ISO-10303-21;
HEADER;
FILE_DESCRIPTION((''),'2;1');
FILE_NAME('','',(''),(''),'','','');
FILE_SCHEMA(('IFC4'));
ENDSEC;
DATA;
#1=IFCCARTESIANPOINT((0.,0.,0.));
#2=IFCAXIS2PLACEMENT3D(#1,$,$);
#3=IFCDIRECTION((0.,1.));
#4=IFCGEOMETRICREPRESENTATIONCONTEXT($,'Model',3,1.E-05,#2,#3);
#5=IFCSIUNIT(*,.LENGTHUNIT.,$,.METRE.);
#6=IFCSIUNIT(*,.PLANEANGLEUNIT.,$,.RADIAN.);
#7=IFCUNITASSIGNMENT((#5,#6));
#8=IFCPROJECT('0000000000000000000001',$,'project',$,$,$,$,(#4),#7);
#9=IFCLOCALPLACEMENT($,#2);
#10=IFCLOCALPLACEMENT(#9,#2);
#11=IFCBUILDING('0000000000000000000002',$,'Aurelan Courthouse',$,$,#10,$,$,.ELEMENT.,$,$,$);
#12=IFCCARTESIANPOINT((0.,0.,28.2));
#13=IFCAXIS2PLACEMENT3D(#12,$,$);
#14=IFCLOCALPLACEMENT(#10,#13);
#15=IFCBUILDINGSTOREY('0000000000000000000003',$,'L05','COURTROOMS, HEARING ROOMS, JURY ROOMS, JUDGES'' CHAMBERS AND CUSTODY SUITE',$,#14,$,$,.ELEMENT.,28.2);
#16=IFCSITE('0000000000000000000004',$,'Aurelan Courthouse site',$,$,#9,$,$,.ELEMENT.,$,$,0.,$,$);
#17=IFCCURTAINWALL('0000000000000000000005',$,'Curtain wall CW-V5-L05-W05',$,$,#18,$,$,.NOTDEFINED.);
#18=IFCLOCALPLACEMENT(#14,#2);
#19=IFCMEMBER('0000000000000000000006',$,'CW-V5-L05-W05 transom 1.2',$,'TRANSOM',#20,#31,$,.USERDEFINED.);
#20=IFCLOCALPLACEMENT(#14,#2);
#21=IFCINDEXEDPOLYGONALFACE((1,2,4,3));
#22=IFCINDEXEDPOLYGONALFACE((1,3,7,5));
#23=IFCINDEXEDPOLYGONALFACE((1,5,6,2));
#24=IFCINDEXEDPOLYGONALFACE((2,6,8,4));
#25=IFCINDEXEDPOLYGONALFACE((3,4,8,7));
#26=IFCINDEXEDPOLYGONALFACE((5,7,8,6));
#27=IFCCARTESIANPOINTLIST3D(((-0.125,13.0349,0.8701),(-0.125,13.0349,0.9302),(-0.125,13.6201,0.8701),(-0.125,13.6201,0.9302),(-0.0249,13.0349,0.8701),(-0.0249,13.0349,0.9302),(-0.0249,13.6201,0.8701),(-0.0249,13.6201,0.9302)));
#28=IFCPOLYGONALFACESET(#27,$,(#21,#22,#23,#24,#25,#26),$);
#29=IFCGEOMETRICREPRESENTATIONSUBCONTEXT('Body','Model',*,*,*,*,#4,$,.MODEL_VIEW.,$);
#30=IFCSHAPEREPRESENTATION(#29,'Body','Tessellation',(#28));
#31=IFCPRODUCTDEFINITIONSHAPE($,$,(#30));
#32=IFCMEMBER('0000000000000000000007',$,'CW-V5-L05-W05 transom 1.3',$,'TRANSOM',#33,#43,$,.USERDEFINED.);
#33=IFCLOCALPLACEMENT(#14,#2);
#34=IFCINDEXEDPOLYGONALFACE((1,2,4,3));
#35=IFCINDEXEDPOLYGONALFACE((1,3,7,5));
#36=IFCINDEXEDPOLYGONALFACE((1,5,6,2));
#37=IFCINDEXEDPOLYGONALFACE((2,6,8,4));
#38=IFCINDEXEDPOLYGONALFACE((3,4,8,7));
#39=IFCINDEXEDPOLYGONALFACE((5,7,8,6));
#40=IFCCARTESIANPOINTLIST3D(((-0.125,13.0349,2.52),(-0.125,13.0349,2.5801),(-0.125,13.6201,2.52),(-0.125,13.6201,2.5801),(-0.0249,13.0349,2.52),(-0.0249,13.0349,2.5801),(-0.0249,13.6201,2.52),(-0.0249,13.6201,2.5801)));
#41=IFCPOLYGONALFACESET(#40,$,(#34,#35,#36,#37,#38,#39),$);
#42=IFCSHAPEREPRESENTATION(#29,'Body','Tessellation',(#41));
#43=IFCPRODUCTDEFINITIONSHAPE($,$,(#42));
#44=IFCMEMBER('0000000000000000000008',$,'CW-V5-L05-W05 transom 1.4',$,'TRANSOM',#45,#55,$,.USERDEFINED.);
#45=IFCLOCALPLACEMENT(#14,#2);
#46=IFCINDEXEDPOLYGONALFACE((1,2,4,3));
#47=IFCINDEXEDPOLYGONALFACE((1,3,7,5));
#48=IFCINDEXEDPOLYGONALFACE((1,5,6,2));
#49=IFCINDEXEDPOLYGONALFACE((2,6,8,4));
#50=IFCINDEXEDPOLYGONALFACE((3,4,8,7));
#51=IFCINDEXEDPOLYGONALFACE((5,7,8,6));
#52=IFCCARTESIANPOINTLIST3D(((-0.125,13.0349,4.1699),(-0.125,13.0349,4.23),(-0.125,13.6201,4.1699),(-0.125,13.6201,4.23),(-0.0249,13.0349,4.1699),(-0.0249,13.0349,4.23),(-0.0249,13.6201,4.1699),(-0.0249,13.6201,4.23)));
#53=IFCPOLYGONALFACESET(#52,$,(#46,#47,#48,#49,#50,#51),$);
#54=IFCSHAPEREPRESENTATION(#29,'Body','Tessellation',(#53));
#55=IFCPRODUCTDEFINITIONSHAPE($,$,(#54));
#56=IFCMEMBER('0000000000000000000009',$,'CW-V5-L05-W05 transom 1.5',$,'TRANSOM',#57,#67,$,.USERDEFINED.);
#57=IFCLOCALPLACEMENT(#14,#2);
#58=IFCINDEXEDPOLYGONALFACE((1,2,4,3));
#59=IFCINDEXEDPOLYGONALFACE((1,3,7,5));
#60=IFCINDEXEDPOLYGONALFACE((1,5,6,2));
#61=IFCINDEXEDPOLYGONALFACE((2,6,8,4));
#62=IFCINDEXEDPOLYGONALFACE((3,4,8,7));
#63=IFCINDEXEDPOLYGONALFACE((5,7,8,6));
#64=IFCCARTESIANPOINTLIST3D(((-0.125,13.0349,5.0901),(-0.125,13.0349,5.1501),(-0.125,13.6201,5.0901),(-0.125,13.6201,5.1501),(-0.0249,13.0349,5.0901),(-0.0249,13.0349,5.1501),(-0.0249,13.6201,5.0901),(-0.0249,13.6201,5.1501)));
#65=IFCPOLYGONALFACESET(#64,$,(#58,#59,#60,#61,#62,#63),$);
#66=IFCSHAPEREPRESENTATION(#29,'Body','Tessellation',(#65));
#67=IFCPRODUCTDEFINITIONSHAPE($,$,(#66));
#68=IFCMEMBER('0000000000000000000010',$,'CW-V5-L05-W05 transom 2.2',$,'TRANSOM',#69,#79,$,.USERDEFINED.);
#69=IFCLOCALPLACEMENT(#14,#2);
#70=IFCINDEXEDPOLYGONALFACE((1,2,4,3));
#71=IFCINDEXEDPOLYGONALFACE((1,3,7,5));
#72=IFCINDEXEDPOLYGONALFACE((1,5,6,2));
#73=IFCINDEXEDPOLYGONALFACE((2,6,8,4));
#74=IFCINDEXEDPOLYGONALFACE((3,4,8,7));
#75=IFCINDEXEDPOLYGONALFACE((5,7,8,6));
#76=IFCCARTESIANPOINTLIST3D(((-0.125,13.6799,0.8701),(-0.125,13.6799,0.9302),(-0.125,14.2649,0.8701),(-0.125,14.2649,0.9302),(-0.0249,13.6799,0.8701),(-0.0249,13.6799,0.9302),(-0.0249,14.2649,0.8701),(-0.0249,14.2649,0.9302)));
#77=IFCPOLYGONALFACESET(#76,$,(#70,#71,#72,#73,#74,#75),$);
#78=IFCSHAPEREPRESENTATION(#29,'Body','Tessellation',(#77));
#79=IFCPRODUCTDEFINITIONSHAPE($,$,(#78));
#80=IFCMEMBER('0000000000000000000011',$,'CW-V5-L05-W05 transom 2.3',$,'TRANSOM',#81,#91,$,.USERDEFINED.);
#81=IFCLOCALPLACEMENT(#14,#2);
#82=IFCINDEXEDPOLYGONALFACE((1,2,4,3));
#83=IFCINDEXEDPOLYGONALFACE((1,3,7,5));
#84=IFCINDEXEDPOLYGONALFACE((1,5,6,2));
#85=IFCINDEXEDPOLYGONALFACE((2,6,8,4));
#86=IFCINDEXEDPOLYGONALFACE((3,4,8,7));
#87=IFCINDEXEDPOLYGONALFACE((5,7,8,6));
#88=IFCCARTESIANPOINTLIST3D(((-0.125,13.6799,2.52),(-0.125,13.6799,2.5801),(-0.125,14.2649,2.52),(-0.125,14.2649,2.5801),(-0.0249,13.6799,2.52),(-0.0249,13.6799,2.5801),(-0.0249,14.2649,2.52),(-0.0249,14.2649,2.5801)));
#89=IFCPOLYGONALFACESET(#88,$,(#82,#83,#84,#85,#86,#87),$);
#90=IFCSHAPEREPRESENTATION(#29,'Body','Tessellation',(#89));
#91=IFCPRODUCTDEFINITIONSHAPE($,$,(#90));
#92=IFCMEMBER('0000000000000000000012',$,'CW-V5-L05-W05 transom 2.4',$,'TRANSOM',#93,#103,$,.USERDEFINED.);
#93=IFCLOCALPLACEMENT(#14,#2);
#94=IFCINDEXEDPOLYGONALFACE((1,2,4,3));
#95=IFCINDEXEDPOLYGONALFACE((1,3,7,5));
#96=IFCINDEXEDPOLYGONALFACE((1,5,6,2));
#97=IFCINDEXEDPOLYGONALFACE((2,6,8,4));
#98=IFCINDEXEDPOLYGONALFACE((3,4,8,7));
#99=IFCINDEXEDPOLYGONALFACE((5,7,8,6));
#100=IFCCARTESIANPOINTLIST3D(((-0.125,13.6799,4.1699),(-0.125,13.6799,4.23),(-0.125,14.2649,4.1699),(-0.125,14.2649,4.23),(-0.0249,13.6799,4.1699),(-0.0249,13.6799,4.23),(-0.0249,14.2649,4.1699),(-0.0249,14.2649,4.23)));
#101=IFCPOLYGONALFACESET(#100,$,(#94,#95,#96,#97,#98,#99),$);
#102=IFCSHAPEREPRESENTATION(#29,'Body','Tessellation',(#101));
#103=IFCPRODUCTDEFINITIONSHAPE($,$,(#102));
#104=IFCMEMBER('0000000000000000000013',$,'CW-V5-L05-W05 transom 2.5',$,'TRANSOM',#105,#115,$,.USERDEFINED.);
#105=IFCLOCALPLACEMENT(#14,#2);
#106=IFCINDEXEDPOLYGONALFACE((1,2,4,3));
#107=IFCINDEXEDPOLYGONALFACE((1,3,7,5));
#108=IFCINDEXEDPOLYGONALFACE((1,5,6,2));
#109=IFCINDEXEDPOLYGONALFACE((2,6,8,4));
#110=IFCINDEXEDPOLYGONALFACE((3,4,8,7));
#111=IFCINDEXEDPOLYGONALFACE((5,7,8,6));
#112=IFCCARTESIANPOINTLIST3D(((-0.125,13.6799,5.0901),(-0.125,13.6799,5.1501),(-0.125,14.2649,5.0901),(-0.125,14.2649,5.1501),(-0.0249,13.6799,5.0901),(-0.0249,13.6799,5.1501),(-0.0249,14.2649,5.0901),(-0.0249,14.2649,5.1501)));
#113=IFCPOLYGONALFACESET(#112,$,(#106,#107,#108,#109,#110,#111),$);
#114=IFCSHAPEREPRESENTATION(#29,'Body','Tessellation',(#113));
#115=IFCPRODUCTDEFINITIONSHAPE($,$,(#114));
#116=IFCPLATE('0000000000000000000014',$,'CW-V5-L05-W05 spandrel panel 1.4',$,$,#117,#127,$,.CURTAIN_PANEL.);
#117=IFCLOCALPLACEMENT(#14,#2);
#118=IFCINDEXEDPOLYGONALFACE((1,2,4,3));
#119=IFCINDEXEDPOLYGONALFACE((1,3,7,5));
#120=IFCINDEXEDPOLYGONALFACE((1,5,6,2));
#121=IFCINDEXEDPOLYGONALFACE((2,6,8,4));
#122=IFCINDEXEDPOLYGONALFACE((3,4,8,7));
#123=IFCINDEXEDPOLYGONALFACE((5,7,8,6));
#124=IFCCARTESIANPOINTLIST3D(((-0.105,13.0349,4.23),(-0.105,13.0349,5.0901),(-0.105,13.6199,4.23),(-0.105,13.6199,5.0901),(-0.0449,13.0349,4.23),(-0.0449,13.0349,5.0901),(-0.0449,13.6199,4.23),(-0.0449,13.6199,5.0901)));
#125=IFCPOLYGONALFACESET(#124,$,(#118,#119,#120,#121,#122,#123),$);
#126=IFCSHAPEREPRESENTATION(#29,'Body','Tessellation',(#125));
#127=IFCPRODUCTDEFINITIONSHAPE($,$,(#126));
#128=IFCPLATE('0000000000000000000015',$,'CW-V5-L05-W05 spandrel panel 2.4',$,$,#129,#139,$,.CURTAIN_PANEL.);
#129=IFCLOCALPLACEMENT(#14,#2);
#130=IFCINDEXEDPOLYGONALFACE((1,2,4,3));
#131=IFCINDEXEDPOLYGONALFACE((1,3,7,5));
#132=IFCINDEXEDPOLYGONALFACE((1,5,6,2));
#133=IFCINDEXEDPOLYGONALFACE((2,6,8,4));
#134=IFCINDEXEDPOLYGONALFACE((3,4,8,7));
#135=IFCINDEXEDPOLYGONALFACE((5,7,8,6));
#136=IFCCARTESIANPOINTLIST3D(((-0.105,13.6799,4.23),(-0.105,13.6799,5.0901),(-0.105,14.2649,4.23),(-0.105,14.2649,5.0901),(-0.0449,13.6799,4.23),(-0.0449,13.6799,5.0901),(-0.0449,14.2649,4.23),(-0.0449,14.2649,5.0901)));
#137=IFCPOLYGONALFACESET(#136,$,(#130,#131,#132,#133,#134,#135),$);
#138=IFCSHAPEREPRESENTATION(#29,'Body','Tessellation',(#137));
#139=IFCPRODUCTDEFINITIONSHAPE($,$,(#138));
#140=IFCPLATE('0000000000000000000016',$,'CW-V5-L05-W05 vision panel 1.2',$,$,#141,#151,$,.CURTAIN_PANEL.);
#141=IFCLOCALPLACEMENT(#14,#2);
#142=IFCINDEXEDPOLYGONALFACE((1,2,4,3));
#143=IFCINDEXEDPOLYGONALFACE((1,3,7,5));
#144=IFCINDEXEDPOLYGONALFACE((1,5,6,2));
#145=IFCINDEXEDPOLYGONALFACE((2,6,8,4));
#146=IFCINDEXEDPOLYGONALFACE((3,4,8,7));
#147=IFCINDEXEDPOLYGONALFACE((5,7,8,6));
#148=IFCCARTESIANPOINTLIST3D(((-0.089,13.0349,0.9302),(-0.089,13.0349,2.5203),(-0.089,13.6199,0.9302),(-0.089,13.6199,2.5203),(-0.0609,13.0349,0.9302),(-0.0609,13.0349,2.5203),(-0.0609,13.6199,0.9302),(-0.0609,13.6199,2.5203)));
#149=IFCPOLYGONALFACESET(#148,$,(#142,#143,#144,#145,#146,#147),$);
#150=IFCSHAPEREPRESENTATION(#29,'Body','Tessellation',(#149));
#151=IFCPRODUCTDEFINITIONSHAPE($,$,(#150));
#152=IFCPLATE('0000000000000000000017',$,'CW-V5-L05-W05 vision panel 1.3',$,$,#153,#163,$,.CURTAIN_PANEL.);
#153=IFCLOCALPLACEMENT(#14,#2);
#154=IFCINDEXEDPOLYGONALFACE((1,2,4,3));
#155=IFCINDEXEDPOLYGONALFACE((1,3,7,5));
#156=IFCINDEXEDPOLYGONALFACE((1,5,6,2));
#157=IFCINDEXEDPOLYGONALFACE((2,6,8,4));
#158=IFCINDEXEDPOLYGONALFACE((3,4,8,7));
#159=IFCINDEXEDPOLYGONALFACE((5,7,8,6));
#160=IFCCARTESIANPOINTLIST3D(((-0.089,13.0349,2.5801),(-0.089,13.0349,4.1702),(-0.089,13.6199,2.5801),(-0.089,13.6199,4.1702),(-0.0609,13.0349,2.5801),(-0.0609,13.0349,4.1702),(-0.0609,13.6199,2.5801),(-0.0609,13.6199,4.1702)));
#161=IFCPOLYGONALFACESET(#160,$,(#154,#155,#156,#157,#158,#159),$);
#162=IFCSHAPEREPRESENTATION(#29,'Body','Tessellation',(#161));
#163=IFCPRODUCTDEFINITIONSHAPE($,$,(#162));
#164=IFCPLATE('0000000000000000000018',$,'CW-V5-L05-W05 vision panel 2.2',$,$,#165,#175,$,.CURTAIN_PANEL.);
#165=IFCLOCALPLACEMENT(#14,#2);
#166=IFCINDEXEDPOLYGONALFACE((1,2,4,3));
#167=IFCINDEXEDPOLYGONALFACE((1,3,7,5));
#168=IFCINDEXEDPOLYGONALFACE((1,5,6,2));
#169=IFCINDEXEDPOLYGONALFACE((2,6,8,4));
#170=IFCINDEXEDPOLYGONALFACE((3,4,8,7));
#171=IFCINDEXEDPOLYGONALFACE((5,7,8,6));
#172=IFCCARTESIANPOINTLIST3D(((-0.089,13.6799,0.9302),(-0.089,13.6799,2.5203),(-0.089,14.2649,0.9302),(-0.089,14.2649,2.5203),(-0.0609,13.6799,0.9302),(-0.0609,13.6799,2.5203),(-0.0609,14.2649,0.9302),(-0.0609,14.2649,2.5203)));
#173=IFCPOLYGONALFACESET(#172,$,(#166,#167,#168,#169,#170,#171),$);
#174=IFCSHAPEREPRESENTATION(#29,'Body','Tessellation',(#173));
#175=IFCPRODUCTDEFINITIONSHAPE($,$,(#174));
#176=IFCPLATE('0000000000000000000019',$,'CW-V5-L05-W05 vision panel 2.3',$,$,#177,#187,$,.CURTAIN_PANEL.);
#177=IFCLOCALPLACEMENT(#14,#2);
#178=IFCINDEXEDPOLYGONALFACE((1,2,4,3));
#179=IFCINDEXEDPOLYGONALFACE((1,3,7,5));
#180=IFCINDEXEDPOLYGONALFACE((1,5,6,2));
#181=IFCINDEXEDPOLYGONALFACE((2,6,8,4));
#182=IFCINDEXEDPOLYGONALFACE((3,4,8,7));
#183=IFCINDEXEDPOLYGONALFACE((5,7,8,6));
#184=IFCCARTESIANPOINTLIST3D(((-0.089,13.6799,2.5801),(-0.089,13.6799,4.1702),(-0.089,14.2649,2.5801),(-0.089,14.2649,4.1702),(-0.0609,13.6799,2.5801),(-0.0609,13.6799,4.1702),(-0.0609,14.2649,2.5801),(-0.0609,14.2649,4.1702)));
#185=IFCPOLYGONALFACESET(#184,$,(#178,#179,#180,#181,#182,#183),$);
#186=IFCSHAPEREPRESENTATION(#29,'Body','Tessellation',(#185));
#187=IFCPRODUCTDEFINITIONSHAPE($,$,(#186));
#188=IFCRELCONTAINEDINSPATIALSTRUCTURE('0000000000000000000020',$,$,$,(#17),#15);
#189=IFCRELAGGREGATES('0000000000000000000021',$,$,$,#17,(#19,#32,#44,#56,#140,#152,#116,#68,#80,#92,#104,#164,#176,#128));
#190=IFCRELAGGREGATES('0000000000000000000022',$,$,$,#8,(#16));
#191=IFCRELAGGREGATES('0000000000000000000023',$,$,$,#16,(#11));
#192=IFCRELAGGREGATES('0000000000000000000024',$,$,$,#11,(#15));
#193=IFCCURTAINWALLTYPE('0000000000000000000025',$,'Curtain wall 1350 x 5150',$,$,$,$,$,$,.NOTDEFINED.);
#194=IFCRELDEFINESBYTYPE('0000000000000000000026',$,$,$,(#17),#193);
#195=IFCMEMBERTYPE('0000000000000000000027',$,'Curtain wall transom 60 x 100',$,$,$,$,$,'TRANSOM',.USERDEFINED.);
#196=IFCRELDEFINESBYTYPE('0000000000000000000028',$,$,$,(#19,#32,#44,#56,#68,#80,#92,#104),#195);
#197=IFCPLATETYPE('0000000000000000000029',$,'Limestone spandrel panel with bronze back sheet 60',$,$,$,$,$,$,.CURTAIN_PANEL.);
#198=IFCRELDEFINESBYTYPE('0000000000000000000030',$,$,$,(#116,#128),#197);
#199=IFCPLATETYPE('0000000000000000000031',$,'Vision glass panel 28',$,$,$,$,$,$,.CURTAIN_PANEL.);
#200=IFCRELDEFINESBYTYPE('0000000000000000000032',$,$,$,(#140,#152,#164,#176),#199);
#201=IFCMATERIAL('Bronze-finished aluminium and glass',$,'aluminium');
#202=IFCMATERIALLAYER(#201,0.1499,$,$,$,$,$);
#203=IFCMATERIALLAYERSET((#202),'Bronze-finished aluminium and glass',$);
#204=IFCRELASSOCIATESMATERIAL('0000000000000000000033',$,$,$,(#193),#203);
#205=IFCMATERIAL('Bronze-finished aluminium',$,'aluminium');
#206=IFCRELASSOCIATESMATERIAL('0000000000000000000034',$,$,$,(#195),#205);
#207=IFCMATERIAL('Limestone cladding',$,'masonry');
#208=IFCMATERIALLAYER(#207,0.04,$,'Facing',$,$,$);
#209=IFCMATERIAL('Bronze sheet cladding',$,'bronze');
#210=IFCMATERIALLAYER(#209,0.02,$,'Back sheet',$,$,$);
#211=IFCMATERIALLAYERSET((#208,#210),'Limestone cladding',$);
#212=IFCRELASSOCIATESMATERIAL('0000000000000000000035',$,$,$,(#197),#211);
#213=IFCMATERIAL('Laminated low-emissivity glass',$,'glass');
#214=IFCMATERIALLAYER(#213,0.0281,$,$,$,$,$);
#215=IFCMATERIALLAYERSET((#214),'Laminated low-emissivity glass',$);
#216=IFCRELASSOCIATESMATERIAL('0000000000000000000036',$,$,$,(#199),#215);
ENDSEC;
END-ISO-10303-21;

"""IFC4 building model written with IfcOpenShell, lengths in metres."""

from ifc_helpers import new_model, si_unit, direction, frame, origin, origin_2d, place, context, subcontext, project, spatial, rectangle, extrude, material, layer, layer_set, material_profile, profile_set, type_object, element, aggregate, save


model = new_model("IFC4")

# Units and contexts
model_context = context("Model", 3, precision=1e-05, world=origin(), true_north=direction((0.0, 1.0)))
body_context = subcontext(model_context, "Body", "Model", "MODEL_VIEW")
ifc_project = project(units=[si_unit("LENGTHUNIT", "METRE"), si_unit("PLANEANGLEUNIT", "RADIAN")], contexts=[model_context])

# Site, building, storey
site_placement = place(None, origin())
site = spatial("IfcSite", under=ifc_project, at=site_placement, Name="Aurelan Courthouse site", CompositionType="ELEMENT", RefElevation=0.0)
building_placement = place(site_placement, origin())
building = spatial("IfcBuilding", under=site, at=building_placement, Name="Aurelan Courthouse", CompositionType="ELEMENT")
storey_placement = place(building_placement, frame((0.0, 0.0, 28.2)))
storey = spatial("IfcBuildingStorey", under=building, at=storey_placement, Name="L05", Description="COURTROOMS, HEARING ROOMS, JURY ROOMS, JUDGES' CHAMBERS AND CUSTODY SUITE", CompositionType="ELEMENT", Elevation=28.2)

# Curtain wall, members, plates
ifc_material_1 = material(Name="Bronze-finished aluminium and glass", Category="aluminium")
ifc_layer_1 = layer(ifc_material_1, 0.1499)
ifc_layer_set_1 = layer_set([ifc_layer_1], Name="Bronze-finished aluminium and glass")
curtain_wall_type = type_object("IfcCurtainWallType", Name="Curtain wall 1350 x 5150", PredefinedType="NOTDEFINED", material=ifc_layer_set_1)
curtain_wall_placement = place(storey_placement, origin())
curtain_wall = element("IfcCurtainWall", 1, at=curtain_wall_placement, inside=storey, type_object=curtain_wall_type, Name="Curtain wall CW-V5-L05-W05", PredefinedType="NOTDEFINED")
ifc_material_2 = material(Name="Bronze-finished aluminium", Category="aluminium")
ifc_material_profile = material_profile(ifc_material_2, rectangle(XDim=0.1001, YDim=0.0601, at=origin_2d()), Name="Bronze transom 60 x 100")
ifc_profile_set = profile_set([ifc_material_profile], Name="Bronze-finished aluminium")
member_type = type_object("IfcMemberType", Name="Curtain wall transom 60 x 100", ElementType="TRANSOM", PredefinedType="USERDEFINED", material=ifc_profile_set)
member_1_placement = place(storey_placement, frame((-0.075, 13.0349, 0.9001), z_axis=(0.0, 1.0, 0.0), x_axis=(-1.0, 0.0, 0.0)))
member_1 = element("IfcMember", 2, at=member_1_placement, type_object=member_type, Name="CW-V5-L05-W05 transom 1.2", ObjectType="TRANSOM", PredefinedType="USERDEFINED", context=body_context, shape_type="SweptSolid", body=[
    extrude(rectangle(XDim=0.1001, YDim=0.0601, at=origin_2d()), origin(), (0.0, 0.0, 1.0), 0.5852),
])
member_2_placement = place(storey_placement, frame((-0.075, 13.0349, 2.55), z_axis=(0.0, 1.0, 0.0), x_axis=(-1.0, 0.0, 0.0)))
member_2 = element("IfcMember", 3, at=member_2_placement, type_object=member_type, Name="CW-V5-L05-W05 transom 1.3", ObjectType="TRANSOM", PredefinedType="USERDEFINED", context=body_context, shape_type="SweptSolid", body=[
    extrude(rectangle(XDim=0.1001, YDim=0.0601, at=origin_2d()), origin(), (0.0, 0.0, 1.0), 0.5852),
])
member_3_placement = place(storey_placement, frame((-0.075, 13.0349, 4.2), z_axis=(0.0, 1.0, 0.0), x_axis=(-1.0, 0.0, 0.0)))
member_3 = element("IfcMember", 4, at=member_3_placement, type_object=member_type, Name="CW-V5-L05-W05 transom 1.4", ObjectType="TRANSOM", PredefinedType="USERDEFINED", context=body_context, shape_type="SweptSolid", body=[
    extrude(rectangle(XDim=0.1001, YDim=0.0601, at=origin_2d()), origin(), (0.0, 0.0, 1.0), 0.5852),
])
member_4_placement = place(storey_placement, frame((-0.075, 13.0349, 5.1201), z_axis=(0.0, 1.0, 0.0), x_axis=(-1.0, 0.0, 0.0)))
member_4 = element("IfcMember", 5, at=member_4_placement, type_object=member_type, Name="CW-V5-L05-W05 transom 1.5", ObjectType="TRANSOM", PredefinedType="USERDEFINED", context=body_context, shape_type="SweptSolid", body=[
    extrude(rectangle(XDim=0.1001, YDim=0.0601, at=origin_2d()), origin(), (0.0, 0.0, 1.0), 0.5852),
])
member_5_placement = place(storey_placement, frame((-0.075, 13.6799, 0.9001), z_axis=(0.0, 1.0, 0.0), x_axis=(-1.0, 0.0, 0.0)))
member_5 = element("IfcMember", 6, at=member_5_placement, type_object=member_type, Name="CW-V5-L05-W05 transom 2.2", ObjectType="TRANSOM", PredefinedType="USERDEFINED", context=body_context, shape_type="SweptSolid", body=[
    extrude(rectangle(XDim=0.1001, YDim=0.0601, at=origin_2d()), origin(), (0.0, 0.0, 1.0), 0.585),
])
member_6_placement = place(storey_placement, frame((-0.075, 13.6799, 2.55), z_axis=(0.0, 1.0, 0.0), x_axis=(-1.0, 0.0, 0.0)))
member_6 = element("IfcMember", 7, at=member_6_placement, type_object=member_type, Name="CW-V5-L05-W05 transom 2.3", ObjectType="TRANSOM", PredefinedType="USERDEFINED", context=body_context, shape_type="SweptSolid", body=[
    extrude(rectangle(XDim=0.1001, YDim=0.0601, at=origin_2d()), origin(), (0.0, 0.0, 1.0), 0.585),
])
member_7_placement = place(storey_placement, frame((-0.075, 13.6799, 4.2), z_axis=(0.0, 1.0, 0.0), x_axis=(-1.0, 0.0, 0.0)))
member_7 = element("IfcMember", 8, at=member_7_placement, type_object=member_type, Name="CW-V5-L05-W05 transom 2.4", ObjectType="TRANSOM", PredefinedType="USERDEFINED", context=body_context, shape_type="SweptSolid", body=[
    extrude(rectangle(XDim=0.1001, YDim=0.0601, at=origin_2d()), origin(), (0.0, 0.0, 1.0), 0.585),
])
member_8_placement = place(storey_placement, frame((-0.075, 13.6799, 5.1201), z_axis=(0.0, 1.0, 0.0), x_axis=(-1.0, 0.0, 0.0)))
member_8 = element("IfcMember", 9, at=member_8_placement, type_object=member_type, Name="CW-V5-L05-W05 transom 2.5", ObjectType="TRANSOM", PredefinedType="USERDEFINED", context=body_context, shape_type="SweptSolid", body=[
    extrude(rectangle(XDim=0.1001, YDim=0.0601, at=origin_2d()), origin(), (0.0, 0.0, 1.0), 0.585),
])
ifc_material_3 = material(Name="Limestone cladding", Category="masonry")
ifc_layer_2 = layer(ifc_material_3, 0.04, Name="Facing")
ifc_material_4 = material(Name="Bronze sheet cladding", Category="bronze")
ifc_layer_3 = layer(ifc_material_4, 0.02, Name="Back sheet")
ifc_layer_set_2 = layer_set([ifc_layer_2, ifc_layer_3], Name="Limestone cladding")
plate_type_1 = type_object("IfcPlateType", Name="Limestone spandrel panel with bronze back sheet 60", PredefinedType="CURTAIN_PANEL", material=ifc_layer_set_2)
plate_1_placement = place(storey_placement, frame((-0.075, 13.3274, 4.23), z_axis=(0.0, 0.0, 1.0), x_axis=(0.0, 1.0, 0.0)))
plate_1 = element("IfcPlate", 10, at=plate_1_placement, type_object=plate_type_1, Name="CW-V5-L05-W05 spandrel panel 1.4", PredefinedType="CURTAIN_PANEL", context=body_context, shape_type="SweptSolid", body=[
    extrude(rectangle(XDim=0.585, YDim=0.0601, at=origin_2d()), origin(), (0.0, 0.0, 1.0), 0.8601),
])
plate_2_placement = place(storey_placement, frame((-0.075, 13.9724, 4.23), z_axis=(0.0, 0.0, 1.0), x_axis=(0.0, 1.0, 0.0)))
plate_2 = element("IfcPlate", 11, at=plate_2_placement, type_object=plate_type_1, Name="CW-V5-L05-W05 spandrel panel 2.4", PredefinedType="CURTAIN_PANEL", context=body_context, shape_type="SweptSolid", body=[
    extrude(rectangle(XDim=0.585, YDim=0.0601, at=origin_2d()), origin(), (0.0, 0.0, 1.0), 0.8601),
])
ifc_material_5 = material(Name="Laminated low-emissivity glass", Category="glass")
ifc_layer_4 = layer(ifc_material_5, 0.0281)
ifc_layer_set_3 = layer_set([ifc_layer_4], Name="Laminated low-emissivity glass")
plate_type_2 = type_object("IfcPlateType", Name="Vision glass panel 28", PredefinedType="CURTAIN_PANEL", material=ifc_layer_set_3)
plate_3_placement = place(storey_placement, frame((-0.075, 13.3274, 0.9302), z_axis=(0.0, 0.0, 1.0), x_axis=(0.0, 1.0, 0.0)))
plate_3 = element("IfcPlate", 12, at=plate_3_placement, type_object=plate_type_2, Name="CW-V5-L05-W05 vision panel 1.2", PredefinedType="CURTAIN_PANEL", context=body_context, shape_type="SweptSolid", body=[
    extrude(rectangle(XDim=0.585, YDim=0.0281, at=origin_2d()), origin(), (0.0, 0.0, 1.0), 1.5901),
])
plate_4_placement = place(storey_placement, frame((-0.075, 13.3274, 2.5801), z_axis=(0.0, 0.0, 1.0), x_axis=(0.0, 1.0, 0.0)))
plate_4 = element("IfcPlate", 13, at=plate_4_placement, type_object=plate_type_2, Name="CW-V5-L05-W05 vision panel 1.3", PredefinedType="CURTAIN_PANEL", context=body_context, shape_type="SweptSolid", body=[
    extrude(rectangle(XDim=0.585, YDim=0.0281, at=origin_2d()), origin(), (0.0, 0.0, 1.0), 1.5901),
])
plate_5_placement = place(storey_placement, frame((-0.075, 13.9724, 0.9302), z_axis=(0.0, 0.0, 1.0), x_axis=(0.0, 1.0, 0.0)))
plate_5 = element("IfcPlate", 14, at=plate_5_placement, type_object=plate_type_2, Name="CW-V5-L05-W05 vision panel 2.2", PredefinedType="CURTAIN_PANEL", context=body_context, shape_type="SweptSolid", body=[
    extrude(rectangle(XDim=0.585, YDim=0.0281, at=origin_2d()), origin(), (0.0, 0.0, 1.0), 1.5901),
])
plate_6_placement = place(storey_placement, frame((-0.075, 13.9724, 2.5801), z_axis=(0.0, 0.0, 1.0), x_axis=(0.0, 1.0, 0.0)))
plate_6 = element("IfcPlate", 15, at=plate_6_placement, type_object=plate_type_2, Name="CW-V5-L05-W05 vision panel 2.3", PredefinedType="CURTAIN_PANEL", context=body_context, shape_type="SweptSolid", body=[
    extrude(rectangle(XDim=0.585, YDim=0.0281, at=origin_2d()), origin(), (0.0, 0.0, 1.0), 1.5901),
])
aggregate(curtain_wall, [member_1, member_2, member_3, member_4, plate_3, plate_4, plate_1, member_5, member_6, member_7, member_8, plate_5, plate_6, plate_2])

save(model, "model.ifc")
